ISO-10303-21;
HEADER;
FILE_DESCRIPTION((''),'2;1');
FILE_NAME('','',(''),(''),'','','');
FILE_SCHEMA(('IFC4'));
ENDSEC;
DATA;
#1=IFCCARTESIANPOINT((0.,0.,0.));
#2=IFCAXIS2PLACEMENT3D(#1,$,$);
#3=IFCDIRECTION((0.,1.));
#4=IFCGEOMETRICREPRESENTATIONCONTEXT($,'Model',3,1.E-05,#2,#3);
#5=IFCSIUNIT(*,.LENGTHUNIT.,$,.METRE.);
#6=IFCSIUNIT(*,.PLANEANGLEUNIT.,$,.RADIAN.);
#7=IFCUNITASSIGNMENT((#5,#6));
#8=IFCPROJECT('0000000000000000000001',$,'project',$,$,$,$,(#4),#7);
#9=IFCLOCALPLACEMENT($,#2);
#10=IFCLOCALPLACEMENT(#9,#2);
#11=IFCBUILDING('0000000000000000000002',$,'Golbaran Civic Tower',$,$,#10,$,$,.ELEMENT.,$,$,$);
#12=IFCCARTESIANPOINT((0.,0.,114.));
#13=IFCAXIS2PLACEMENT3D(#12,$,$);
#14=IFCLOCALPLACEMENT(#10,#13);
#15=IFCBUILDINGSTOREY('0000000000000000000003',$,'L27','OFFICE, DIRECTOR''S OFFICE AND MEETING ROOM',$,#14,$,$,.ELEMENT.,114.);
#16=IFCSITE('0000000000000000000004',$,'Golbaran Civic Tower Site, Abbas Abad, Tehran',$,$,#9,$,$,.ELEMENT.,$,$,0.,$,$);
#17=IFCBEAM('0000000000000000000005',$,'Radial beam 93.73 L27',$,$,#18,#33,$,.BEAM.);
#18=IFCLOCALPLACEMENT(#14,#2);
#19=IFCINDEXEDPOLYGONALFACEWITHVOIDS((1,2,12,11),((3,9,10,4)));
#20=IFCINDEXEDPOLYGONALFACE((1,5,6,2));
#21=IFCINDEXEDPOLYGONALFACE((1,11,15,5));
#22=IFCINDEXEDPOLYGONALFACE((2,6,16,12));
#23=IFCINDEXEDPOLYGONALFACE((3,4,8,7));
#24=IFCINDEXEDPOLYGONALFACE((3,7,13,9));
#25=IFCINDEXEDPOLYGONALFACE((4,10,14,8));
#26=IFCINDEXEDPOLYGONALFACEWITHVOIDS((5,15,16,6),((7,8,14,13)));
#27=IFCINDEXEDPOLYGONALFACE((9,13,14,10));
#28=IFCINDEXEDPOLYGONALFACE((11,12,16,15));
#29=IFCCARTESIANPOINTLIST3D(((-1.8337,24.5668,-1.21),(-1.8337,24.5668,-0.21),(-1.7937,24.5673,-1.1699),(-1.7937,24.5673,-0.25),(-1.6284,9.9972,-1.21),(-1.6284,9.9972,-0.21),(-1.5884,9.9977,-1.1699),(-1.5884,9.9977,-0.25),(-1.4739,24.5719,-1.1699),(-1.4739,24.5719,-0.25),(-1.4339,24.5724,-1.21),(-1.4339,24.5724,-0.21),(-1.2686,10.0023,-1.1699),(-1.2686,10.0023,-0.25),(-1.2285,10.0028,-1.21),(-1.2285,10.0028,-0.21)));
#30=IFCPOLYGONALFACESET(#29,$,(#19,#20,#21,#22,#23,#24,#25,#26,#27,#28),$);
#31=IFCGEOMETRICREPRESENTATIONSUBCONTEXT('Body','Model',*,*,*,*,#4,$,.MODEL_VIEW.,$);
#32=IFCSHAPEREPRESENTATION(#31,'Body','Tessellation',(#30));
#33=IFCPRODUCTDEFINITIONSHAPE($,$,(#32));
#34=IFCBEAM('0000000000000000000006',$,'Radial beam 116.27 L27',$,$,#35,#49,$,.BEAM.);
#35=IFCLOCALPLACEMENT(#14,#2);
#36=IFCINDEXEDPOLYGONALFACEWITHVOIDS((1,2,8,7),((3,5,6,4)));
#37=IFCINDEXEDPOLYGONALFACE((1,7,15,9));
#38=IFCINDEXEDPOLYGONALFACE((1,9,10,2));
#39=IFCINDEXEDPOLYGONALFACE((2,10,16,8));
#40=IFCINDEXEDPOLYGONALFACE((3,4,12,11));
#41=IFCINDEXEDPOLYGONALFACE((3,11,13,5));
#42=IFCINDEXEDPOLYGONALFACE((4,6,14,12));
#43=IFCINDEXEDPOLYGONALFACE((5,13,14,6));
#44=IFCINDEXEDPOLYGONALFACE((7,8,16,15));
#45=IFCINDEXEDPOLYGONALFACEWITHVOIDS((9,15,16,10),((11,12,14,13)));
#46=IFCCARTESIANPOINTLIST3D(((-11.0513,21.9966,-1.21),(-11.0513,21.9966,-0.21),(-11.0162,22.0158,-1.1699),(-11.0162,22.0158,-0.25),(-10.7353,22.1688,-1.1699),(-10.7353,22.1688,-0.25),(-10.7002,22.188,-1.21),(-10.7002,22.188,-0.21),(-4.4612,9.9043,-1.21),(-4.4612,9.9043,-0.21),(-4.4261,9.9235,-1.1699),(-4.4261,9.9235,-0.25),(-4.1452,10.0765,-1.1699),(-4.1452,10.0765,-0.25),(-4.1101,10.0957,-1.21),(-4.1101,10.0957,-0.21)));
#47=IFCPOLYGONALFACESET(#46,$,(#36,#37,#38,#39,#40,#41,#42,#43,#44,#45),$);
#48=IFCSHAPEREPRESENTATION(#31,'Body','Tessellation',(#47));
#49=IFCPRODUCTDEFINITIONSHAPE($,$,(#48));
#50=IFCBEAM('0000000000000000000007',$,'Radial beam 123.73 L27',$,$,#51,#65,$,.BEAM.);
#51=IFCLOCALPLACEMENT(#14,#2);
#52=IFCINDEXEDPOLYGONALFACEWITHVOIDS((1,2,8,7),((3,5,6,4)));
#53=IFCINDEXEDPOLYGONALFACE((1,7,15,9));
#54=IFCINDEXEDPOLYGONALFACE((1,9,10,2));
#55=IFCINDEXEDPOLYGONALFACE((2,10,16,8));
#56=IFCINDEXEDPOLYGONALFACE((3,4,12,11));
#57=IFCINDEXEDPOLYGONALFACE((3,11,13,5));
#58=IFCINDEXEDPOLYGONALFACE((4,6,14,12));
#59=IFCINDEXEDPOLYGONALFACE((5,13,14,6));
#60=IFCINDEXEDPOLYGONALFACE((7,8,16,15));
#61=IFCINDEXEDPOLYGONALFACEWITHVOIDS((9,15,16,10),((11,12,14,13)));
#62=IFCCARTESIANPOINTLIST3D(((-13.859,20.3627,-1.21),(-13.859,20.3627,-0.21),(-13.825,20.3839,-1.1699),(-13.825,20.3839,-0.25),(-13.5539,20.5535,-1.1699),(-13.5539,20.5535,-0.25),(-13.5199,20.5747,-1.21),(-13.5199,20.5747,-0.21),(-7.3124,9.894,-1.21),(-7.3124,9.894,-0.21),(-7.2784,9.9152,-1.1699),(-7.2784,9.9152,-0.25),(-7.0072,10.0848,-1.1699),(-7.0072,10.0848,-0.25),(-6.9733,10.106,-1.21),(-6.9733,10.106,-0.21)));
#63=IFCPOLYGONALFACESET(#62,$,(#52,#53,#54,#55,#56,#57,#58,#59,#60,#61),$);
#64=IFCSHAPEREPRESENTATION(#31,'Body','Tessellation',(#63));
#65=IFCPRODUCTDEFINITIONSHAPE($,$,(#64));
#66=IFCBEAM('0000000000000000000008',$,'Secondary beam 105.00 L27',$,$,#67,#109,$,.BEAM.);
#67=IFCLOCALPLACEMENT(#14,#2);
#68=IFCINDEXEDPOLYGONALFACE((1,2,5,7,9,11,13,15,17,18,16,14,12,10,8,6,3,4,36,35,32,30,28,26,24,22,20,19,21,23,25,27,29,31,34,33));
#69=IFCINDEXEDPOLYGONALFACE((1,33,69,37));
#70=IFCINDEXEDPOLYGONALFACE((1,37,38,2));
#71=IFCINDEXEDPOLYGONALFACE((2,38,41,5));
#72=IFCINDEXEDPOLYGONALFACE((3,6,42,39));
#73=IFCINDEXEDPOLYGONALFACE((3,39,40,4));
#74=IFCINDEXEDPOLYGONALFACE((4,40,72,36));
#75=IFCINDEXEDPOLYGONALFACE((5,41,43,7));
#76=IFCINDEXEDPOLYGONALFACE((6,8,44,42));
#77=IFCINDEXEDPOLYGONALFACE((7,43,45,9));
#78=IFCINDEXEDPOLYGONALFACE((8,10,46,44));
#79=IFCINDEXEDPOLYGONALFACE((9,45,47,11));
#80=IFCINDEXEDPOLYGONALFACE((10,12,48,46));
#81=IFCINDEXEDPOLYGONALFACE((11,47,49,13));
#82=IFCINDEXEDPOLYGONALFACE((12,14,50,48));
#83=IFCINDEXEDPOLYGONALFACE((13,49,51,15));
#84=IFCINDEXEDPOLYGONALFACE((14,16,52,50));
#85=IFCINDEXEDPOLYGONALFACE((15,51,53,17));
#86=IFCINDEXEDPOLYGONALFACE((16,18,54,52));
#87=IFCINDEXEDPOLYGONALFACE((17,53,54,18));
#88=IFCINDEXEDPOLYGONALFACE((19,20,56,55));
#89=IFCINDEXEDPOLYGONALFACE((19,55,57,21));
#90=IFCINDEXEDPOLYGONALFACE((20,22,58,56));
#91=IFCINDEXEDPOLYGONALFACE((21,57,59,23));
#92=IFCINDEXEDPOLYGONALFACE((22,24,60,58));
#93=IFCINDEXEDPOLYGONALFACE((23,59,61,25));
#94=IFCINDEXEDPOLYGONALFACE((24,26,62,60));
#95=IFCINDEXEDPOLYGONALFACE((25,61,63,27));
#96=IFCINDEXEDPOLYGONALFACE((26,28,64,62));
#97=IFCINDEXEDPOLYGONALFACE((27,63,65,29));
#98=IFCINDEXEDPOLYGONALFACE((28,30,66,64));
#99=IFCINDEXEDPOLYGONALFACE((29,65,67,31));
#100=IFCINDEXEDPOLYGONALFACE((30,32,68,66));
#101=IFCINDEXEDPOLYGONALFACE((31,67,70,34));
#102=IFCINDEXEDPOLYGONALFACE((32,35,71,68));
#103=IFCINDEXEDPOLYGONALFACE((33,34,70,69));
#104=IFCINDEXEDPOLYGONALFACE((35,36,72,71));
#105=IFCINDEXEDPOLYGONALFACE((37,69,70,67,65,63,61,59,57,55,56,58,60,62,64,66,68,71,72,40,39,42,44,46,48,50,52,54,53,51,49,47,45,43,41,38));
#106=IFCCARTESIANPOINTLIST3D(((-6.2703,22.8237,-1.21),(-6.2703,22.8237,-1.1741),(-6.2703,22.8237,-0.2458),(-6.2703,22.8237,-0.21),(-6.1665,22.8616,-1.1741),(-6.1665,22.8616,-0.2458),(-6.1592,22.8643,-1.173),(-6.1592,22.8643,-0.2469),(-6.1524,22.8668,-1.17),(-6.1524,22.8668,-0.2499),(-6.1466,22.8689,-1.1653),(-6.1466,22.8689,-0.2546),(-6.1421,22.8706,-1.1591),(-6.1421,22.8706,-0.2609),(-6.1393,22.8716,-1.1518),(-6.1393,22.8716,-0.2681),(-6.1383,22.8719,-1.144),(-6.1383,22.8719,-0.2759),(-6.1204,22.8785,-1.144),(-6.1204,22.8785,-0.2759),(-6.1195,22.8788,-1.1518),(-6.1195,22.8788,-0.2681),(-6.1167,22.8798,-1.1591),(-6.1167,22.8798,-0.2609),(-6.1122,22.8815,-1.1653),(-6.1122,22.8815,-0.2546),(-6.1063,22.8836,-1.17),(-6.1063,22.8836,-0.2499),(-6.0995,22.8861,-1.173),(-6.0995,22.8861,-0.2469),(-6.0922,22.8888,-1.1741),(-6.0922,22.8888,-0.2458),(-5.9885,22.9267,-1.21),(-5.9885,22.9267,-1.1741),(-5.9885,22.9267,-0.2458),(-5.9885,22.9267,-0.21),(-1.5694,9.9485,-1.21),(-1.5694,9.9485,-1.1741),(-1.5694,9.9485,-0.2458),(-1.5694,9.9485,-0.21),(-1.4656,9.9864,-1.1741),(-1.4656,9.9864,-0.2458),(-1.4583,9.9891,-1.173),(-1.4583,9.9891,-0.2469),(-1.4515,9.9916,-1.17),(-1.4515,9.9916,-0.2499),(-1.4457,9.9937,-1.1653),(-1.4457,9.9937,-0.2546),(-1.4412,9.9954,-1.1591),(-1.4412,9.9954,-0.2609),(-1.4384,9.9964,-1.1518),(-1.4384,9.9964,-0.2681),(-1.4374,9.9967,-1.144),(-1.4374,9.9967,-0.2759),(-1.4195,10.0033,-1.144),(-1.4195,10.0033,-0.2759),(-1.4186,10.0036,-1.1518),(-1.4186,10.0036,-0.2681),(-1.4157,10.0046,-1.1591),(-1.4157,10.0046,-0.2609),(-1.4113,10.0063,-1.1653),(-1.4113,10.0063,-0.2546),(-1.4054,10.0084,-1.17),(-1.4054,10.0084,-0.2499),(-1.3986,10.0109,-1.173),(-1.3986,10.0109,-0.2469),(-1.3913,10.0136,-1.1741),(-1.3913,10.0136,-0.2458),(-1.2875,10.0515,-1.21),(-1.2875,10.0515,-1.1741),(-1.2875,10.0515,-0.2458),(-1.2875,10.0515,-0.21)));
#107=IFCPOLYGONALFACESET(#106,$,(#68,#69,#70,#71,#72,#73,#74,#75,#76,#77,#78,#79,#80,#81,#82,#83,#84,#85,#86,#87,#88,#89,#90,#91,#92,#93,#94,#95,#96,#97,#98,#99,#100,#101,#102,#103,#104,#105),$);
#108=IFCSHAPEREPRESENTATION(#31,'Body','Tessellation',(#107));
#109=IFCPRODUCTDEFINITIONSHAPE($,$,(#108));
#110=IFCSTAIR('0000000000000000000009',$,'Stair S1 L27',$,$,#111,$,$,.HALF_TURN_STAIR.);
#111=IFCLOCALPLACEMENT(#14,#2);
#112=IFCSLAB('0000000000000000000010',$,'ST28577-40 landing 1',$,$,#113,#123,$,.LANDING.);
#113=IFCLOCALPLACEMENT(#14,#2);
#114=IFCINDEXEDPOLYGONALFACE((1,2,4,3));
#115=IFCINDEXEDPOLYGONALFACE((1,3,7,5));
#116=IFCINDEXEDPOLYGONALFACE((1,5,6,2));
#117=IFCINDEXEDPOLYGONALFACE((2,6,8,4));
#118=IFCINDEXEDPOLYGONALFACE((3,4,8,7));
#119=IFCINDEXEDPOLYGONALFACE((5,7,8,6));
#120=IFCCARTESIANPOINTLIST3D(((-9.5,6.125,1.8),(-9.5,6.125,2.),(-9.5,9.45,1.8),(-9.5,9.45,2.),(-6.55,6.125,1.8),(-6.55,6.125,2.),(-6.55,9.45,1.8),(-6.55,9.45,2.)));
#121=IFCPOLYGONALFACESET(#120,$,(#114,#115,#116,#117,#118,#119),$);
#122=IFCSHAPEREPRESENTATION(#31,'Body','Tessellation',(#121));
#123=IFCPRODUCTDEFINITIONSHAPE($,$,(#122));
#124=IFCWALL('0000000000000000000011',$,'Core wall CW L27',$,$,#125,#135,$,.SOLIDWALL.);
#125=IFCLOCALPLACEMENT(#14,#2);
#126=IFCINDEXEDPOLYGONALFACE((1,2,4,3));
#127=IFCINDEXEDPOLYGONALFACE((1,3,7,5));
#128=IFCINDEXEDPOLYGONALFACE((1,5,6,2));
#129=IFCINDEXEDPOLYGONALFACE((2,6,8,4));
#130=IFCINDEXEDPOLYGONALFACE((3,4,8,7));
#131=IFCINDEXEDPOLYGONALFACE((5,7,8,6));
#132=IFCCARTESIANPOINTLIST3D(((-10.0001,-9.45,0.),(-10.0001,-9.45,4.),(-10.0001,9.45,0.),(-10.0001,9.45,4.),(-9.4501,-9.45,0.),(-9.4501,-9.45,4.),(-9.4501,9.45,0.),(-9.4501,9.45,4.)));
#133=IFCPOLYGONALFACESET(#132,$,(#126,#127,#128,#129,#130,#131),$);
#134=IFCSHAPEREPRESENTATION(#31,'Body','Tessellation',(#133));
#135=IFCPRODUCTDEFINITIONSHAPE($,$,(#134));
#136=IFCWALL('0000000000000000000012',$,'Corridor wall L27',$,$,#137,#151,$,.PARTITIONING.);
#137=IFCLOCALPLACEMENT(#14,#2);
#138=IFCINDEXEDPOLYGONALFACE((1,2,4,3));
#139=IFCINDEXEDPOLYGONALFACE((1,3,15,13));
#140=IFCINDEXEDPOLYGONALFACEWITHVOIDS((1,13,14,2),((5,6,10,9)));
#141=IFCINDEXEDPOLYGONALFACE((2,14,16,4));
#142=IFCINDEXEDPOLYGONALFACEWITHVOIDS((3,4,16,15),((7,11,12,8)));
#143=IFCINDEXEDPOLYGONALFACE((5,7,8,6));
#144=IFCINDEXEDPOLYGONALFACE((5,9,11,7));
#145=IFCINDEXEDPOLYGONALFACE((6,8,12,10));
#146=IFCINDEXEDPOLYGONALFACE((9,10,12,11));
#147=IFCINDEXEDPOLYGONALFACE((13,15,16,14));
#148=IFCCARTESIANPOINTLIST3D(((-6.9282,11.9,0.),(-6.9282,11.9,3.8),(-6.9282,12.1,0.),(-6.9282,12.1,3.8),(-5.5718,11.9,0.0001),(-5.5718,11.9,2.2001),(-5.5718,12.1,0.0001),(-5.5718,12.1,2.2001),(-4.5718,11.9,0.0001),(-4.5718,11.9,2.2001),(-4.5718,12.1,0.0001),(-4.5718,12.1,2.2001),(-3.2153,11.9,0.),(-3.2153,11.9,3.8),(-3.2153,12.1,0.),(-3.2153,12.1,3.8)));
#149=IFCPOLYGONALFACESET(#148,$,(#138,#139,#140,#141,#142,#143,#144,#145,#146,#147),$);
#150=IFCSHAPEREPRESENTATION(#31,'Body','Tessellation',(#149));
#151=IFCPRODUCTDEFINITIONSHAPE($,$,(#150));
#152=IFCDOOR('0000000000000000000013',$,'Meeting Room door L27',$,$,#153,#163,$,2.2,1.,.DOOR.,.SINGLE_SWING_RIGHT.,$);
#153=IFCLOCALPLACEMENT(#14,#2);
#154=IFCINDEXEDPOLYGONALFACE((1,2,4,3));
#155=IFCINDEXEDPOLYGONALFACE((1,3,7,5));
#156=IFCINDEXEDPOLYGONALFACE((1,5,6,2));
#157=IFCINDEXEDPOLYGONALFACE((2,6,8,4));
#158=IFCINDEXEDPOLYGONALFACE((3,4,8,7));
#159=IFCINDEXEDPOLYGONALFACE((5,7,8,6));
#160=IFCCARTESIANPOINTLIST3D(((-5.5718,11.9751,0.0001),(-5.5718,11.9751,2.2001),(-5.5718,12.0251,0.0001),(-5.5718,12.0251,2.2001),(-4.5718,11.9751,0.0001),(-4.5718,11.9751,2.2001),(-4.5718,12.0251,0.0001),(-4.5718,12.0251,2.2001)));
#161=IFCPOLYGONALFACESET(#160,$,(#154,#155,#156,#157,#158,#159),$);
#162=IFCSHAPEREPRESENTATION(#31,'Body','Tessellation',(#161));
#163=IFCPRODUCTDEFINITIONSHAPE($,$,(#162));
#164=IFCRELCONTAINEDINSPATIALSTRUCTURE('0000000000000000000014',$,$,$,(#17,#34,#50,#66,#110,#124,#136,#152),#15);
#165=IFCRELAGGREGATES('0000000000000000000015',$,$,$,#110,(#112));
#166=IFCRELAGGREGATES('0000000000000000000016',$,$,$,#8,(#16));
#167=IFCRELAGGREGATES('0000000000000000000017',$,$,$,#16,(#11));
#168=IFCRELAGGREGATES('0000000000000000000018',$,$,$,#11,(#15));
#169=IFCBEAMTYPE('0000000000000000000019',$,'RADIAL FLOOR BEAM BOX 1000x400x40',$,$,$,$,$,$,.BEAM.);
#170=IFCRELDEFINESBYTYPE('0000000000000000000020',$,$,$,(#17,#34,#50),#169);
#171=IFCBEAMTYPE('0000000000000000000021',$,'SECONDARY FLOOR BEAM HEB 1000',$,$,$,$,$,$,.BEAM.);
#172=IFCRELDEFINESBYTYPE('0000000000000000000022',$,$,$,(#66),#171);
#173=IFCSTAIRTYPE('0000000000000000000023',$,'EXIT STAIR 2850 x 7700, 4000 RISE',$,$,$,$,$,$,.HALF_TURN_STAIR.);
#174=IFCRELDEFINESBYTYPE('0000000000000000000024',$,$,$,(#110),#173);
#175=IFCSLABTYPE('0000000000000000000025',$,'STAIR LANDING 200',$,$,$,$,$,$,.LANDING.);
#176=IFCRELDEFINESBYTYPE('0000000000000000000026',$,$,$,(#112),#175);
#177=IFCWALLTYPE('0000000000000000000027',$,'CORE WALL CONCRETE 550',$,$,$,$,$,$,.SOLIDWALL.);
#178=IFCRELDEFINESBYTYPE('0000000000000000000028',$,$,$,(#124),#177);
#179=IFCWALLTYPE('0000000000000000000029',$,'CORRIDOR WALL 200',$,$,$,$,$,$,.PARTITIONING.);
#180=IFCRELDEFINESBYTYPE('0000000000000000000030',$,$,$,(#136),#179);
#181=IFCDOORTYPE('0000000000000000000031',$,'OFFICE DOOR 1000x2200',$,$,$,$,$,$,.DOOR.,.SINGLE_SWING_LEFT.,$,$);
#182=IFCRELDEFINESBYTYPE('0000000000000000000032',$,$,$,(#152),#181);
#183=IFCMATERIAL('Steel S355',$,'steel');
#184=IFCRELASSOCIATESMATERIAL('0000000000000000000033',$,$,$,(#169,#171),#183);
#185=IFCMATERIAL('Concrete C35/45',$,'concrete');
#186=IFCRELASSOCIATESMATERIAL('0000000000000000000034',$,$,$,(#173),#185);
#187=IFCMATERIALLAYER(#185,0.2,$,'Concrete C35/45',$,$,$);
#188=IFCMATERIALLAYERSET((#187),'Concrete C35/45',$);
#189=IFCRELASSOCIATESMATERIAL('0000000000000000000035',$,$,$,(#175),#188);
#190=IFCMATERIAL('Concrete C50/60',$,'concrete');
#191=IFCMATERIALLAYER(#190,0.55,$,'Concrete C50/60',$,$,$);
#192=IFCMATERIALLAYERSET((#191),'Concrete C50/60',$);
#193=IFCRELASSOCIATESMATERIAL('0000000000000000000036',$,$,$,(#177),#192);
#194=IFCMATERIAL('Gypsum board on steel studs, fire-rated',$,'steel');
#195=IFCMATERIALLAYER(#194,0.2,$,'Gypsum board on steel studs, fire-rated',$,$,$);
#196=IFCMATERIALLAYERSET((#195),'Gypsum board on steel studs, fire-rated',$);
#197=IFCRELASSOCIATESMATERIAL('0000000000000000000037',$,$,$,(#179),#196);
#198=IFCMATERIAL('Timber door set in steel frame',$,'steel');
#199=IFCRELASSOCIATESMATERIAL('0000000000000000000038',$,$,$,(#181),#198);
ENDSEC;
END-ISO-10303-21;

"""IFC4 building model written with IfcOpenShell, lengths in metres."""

from ifc_helpers import new_model, si_unit, direction, frame, frame_2d, origin, origin_2d, place, context, subcontext, project, spatial, polyline, rectangle, hollow_rectangle, i_section, outline, extrude, material, layer, layer_set, material_profile, profile_set, type_object, element, fill, aggregate, save


model = new_model("IFC4")

# Units and contexts
model_context = context("Model", 3, precision=1e-05, world=origin(), true_north=direction((0.0, 1.0)))
body_context = subcontext(model_context, "Body", "Model", "MODEL_VIEW")
ifc_project = project(units=[si_unit("LENGTHUNIT", "METRE"), si_unit("PLANEANGLEUNIT", "RADIAN")], contexts=[model_context])

# Site, building, storey
site_placement = place(None, origin())
site = spatial("IfcSite", under=ifc_project, at=site_placement, Name="Golbaran Civic Tower Site, Abbas Abad, Tehran", CompositionType="ELEMENT", RefElevation=0.0)
building_placement = place(site_placement, origin())
building = spatial("IfcBuilding", under=site, at=building_placement, Name="Golbaran Civic Tower", CompositionType="ELEMENT")
storey_placement = place(building_placement, frame((0.0, 0.0, 114.0)))
storey = spatial("IfcBuildingStorey", under=building, at=storey_placement, Name="L27", Description="OFFICE, DIRECTOR'S OFFICE AND MEETING ROOM", CompositionType="ELEMENT", Elevation=114.0)

# Beams
ifc_material_1 = material(Name="Steel S355", Category="steel")
ifc_material_profile_1 = material_profile(ifc_material_1, hollow_rectangle(XDim=0.3999, YDim=1.0, WallThickness=0.04, at=origin_2d()), Name="BOX 1000x400x40")
ifc_profile_set_1 = profile_set([ifc_material_profile_1], Name="Steel S355")
beam_type_1 = type_object("IfcBeamType", Name="RADIAL FLOOR BEAM BOX 1000x400x40", PredefinedType="BEAM", material=ifc_profile_set_1)
beam_1_placement = place(storey_placement, frame((-1.4285, 10.0, -0.71), z_axis=(-0.014091, 0.999901, 0.0), x_axis=(-0.999901, -0.014091, 0.0)))
element("IfcBeam", 1, at=beam_1_placement, inside=storey, type_object=beam_type_1, Name="Radial beam 93.73 L27", PredefinedType="BEAM", context=body_context, shape_type="SweptSolid", body=[
    extrude(hollow_rectangle(XDim=0.3999, YDim=1.0, WallThickness=0.04, at=origin_2d()), origin(), (0.0, 0.0, 1.0), 14.571),
])
beam_2_placement = place(storey_placement, frame((-4.2856, 10.0, -0.71), z_axis=(-0.478533, 0.87807, 0.0), x_axis=(-0.87807, -0.478533, 0.0)))
element("IfcBeam", 2, at=beam_2_placement, inside=storey, type_object=beam_type_1, Name="Radial beam 116.27 L27", PredefinedType="BEAM", context=body_context, shape_type="SweptSolid", body=[
    extrude(hollow_rectangle(XDim=0.3999, YDim=1.0, WallThickness=0.04, at=origin_2d()), origin(), (0.0, 0.0, 1.0), 13.7715),
])
beam_3_placement = place(storey_placement, frame((-7.1428, 10.0, -0.71), z_axis=(-0.530212, 0.847865, 0.0), x_axis=(-0.847865, -0.530212, 0.0)))
element("IfcBeam", 3, at=beam_3_placement, inside=storey, type_object=beam_type_1, Name="Radial beam 123.73 L27", PredefinedType="BEAM", context=body_context, shape_type="SweptSolid", body=[
    extrude(hollow_rectangle(XDim=0.3999, YDim=1.0, WallThickness=0.04, at=origin_2d()), origin(), (0.0, 0.0, 1.0), 12.3472),
])
ifc_material_profile_2 = material_profile(ifc_material_1, i_section(OverallWidth=0.3, OverallDepth=1.0, WebThickness=0.019, FlangeThickness=0.0359, FilletRadius=0.03, at=origin_2d()), Name="HEB 1000")
ifc_profile_set_2 = profile_set([ifc_material_profile_2], Name="Steel S355")
beam_type_2 = type_object("IfcBeamType", Name="SECONDARY FLOOR BEAM HEB 1000", PredefinedType="BEAM", material=ifc_profile_set_2)
beam_4_placement = place(storey_placement, frame((-1.4285, 10.0, -0.71), z_axis=(-0.342968, 0.939347, 0.0), x_axis=(-0.939347, -0.342968, 0.0)))
element("IfcBeam", 4, at=beam_4_placement, inside=storey, type_object=beam_type_2, Name="Secondary beam 105.00 L27", PredefinedType="BEAM", context=body_context, shape_type="SweptSolid", body=[
    extrude(i_section(OverallWidth=0.3, OverallDepth=1.0, WebThickness=0.019, FlangeThickness=0.0359, FilletRadius=0.03, at=origin_2d()), origin(), (0.0, 0.0, 1.0), 13.7065),
])

# Stair, slab
ifc_material_2 = material(Name="Concrete C35/45", Category="concrete")
stair_type = type_object("IfcStairType", Name="EXIT STAIR 2850 x 7700, 4000 RISE", PredefinedType="HALF_TURN_STAIR", material=ifc_material_2)
stair_placement = place(storey_placement, origin())
stair = element("IfcStair", 5, at=stair_placement, inside=storey, type_object=stair_type, Name="Stair S1 L27", PredefinedType="HALF_TURN_STAIR")
ifc_layer_1 = layer(ifc_material_2, 0.2, Name="Concrete C35/45")
ifc_layer_set_1 = layer_set([ifc_layer_1], Name="Concrete C35/45")
slab_type = type_object("IfcSlabType", Name="STAIR LANDING 200", PredefinedType="LANDING", material=ifc_layer_set_1)
slab_placement = place(storey_placement, frame((0.0, 0.0, 1.8)))
slab = element("IfcSlab", 6, at=slab_placement, type_object=slab_type, Name="ST28577-40 landing 1", PredefinedType="LANDING", context=body_context, shape_type="SweptSolid", body=[
    extrude(outline(polyline([(-9.5, 6.125), (-9.5, 9.45), (-6.55, 9.45), (-6.55, 6.125), (-9.5, 6.125)])), origin(), (0.0, 0.0, 1.0), 0.2),
])

# Wall
ifc_material_3 = material(Name="Concrete C50/60", Category="concrete")
ifc_layer_2 = layer(ifc_material_3, 0.55, Name="Concrete C50/60")
ifc_layer_set_2 = layer_set([ifc_layer_2], Name="Concrete C50/60")
wall_type_1 = type_object("IfcWallType", Name="CORE WALL CONCRETE 550", PredefinedType="SOLIDWALL", material=ifc_layer_set_2)
wall_1_placement = place(storey_placement, frame((-9.7251, 9.45, 0.0), z_axis=(0.0, 0.0, 1.0), x_axis=(0.0, -1.0, 0.0)))
element("IfcWall", 7, at=wall_1_placement, inside=storey, type_object=wall_type_1, Name="Core wall CW L27", PredefinedType="SOLIDWALL", context=body_context, shape_type="SweptSolid", body=[
    extrude(rectangle(XDim=18.8999, YDim=0.55, at=frame_2d((9.45, 0.0))), origin(), (0.0, 0.0, 1.0), 4.0),
])

# Wall, opening, door
ifc_material_4 = material(Name="Gypsum board on steel studs, fire-rated", Category="steel")
ifc_layer_3 = layer(ifc_material_4, 0.2, Name="Gypsum board on steel studs, fire-rated")
ifc_layer_set_3 = layer_set([ifc_layer_3], Name="Gypsum board on steel studs, fire-rated")
wall_type_2 = type_object("IfcWallType", Name="CORRIDOR WALL 200", PredefinedType="PARTITIONING", material=ifc_layer_set_3)
wall_2_placement = place(storey_placement, frame((-3.2153, 12.0, 0.0), z_axis=(0.0, 0.0, 1.0), x_axis=(-1.0, 0.0, 0.0)))
wall_2 = element("IfcWall", 8, at=wall_2_placement, inside=storey, type_object=wall_type_2, Name="Corridor wall L27", PredefinedType="PARTITIONING", context=body_context, shape_type="SweptSolid", body=[
    extrude(rectangle(XDim=3.7129, YDim=0.2, at=frame_2d((1.8564, 0.0))), origin(), (0.0, 0.0, 1.0), 3.8),
])
opening_1_placement = place(wall_2_placement, frame((1.3564, 0.0, 0.0)))
opening_1 = element("IfcOpeningElement", 9, at=opening_1_placement, cuts=wall_2, PredefinedType="OPENING", context=body_context, shape_type="SweptSolid", body=[
    extrude(rectangle(XDim=1.0, YDim=2.2, at=frame_2d((0.5, 1.1001))), frame((0.0, 0.1099, 0.0), z_axis=(0.0, -1.0, 0.0), x_axis=(1.0, 0.0, 0.0)), (0.0, 0.0, 1.0), 0.22),
])
ifc_material_5 = material(Name="Timber door set in steel frame", Category="steel")
door_type_1 = type_object("IfcDoorType", Name="OFFICE DOOR 1000x2200", OperationType="SINGLE_SWING_LEFT", PredefinedType="DOOR", material=ifc_material_5)
door_1_placement = place(opening_1_placement, origin())
door_1 = element("IfcDoor", 10, at=door_1_placement, inside=storey, type_object=door_type_1, Name="Meeting Room door L27", OperationType="SINGLE_SWING_RIGHT", OverallHeight=2.2, OverallWidth=1.0, PredefinedType="DOOR", context=body_context, shape_type="SweptSolid", body=[
    extrude(rectangle(XDim=1.0, YDim=2.2, at=frame_2d((0.5, 1.1001))), frame((0.0, 0.0249, 0.0), z_axis=(0.0, -1.0, 0.0), x_axis=(1.0, 0.0, 0.0)), (0.0, 0.0, 1.0), 0.05),
])
fill(opening_1, door_1)

aggregate(stair, [slab])

save(model, "model.ifc")
